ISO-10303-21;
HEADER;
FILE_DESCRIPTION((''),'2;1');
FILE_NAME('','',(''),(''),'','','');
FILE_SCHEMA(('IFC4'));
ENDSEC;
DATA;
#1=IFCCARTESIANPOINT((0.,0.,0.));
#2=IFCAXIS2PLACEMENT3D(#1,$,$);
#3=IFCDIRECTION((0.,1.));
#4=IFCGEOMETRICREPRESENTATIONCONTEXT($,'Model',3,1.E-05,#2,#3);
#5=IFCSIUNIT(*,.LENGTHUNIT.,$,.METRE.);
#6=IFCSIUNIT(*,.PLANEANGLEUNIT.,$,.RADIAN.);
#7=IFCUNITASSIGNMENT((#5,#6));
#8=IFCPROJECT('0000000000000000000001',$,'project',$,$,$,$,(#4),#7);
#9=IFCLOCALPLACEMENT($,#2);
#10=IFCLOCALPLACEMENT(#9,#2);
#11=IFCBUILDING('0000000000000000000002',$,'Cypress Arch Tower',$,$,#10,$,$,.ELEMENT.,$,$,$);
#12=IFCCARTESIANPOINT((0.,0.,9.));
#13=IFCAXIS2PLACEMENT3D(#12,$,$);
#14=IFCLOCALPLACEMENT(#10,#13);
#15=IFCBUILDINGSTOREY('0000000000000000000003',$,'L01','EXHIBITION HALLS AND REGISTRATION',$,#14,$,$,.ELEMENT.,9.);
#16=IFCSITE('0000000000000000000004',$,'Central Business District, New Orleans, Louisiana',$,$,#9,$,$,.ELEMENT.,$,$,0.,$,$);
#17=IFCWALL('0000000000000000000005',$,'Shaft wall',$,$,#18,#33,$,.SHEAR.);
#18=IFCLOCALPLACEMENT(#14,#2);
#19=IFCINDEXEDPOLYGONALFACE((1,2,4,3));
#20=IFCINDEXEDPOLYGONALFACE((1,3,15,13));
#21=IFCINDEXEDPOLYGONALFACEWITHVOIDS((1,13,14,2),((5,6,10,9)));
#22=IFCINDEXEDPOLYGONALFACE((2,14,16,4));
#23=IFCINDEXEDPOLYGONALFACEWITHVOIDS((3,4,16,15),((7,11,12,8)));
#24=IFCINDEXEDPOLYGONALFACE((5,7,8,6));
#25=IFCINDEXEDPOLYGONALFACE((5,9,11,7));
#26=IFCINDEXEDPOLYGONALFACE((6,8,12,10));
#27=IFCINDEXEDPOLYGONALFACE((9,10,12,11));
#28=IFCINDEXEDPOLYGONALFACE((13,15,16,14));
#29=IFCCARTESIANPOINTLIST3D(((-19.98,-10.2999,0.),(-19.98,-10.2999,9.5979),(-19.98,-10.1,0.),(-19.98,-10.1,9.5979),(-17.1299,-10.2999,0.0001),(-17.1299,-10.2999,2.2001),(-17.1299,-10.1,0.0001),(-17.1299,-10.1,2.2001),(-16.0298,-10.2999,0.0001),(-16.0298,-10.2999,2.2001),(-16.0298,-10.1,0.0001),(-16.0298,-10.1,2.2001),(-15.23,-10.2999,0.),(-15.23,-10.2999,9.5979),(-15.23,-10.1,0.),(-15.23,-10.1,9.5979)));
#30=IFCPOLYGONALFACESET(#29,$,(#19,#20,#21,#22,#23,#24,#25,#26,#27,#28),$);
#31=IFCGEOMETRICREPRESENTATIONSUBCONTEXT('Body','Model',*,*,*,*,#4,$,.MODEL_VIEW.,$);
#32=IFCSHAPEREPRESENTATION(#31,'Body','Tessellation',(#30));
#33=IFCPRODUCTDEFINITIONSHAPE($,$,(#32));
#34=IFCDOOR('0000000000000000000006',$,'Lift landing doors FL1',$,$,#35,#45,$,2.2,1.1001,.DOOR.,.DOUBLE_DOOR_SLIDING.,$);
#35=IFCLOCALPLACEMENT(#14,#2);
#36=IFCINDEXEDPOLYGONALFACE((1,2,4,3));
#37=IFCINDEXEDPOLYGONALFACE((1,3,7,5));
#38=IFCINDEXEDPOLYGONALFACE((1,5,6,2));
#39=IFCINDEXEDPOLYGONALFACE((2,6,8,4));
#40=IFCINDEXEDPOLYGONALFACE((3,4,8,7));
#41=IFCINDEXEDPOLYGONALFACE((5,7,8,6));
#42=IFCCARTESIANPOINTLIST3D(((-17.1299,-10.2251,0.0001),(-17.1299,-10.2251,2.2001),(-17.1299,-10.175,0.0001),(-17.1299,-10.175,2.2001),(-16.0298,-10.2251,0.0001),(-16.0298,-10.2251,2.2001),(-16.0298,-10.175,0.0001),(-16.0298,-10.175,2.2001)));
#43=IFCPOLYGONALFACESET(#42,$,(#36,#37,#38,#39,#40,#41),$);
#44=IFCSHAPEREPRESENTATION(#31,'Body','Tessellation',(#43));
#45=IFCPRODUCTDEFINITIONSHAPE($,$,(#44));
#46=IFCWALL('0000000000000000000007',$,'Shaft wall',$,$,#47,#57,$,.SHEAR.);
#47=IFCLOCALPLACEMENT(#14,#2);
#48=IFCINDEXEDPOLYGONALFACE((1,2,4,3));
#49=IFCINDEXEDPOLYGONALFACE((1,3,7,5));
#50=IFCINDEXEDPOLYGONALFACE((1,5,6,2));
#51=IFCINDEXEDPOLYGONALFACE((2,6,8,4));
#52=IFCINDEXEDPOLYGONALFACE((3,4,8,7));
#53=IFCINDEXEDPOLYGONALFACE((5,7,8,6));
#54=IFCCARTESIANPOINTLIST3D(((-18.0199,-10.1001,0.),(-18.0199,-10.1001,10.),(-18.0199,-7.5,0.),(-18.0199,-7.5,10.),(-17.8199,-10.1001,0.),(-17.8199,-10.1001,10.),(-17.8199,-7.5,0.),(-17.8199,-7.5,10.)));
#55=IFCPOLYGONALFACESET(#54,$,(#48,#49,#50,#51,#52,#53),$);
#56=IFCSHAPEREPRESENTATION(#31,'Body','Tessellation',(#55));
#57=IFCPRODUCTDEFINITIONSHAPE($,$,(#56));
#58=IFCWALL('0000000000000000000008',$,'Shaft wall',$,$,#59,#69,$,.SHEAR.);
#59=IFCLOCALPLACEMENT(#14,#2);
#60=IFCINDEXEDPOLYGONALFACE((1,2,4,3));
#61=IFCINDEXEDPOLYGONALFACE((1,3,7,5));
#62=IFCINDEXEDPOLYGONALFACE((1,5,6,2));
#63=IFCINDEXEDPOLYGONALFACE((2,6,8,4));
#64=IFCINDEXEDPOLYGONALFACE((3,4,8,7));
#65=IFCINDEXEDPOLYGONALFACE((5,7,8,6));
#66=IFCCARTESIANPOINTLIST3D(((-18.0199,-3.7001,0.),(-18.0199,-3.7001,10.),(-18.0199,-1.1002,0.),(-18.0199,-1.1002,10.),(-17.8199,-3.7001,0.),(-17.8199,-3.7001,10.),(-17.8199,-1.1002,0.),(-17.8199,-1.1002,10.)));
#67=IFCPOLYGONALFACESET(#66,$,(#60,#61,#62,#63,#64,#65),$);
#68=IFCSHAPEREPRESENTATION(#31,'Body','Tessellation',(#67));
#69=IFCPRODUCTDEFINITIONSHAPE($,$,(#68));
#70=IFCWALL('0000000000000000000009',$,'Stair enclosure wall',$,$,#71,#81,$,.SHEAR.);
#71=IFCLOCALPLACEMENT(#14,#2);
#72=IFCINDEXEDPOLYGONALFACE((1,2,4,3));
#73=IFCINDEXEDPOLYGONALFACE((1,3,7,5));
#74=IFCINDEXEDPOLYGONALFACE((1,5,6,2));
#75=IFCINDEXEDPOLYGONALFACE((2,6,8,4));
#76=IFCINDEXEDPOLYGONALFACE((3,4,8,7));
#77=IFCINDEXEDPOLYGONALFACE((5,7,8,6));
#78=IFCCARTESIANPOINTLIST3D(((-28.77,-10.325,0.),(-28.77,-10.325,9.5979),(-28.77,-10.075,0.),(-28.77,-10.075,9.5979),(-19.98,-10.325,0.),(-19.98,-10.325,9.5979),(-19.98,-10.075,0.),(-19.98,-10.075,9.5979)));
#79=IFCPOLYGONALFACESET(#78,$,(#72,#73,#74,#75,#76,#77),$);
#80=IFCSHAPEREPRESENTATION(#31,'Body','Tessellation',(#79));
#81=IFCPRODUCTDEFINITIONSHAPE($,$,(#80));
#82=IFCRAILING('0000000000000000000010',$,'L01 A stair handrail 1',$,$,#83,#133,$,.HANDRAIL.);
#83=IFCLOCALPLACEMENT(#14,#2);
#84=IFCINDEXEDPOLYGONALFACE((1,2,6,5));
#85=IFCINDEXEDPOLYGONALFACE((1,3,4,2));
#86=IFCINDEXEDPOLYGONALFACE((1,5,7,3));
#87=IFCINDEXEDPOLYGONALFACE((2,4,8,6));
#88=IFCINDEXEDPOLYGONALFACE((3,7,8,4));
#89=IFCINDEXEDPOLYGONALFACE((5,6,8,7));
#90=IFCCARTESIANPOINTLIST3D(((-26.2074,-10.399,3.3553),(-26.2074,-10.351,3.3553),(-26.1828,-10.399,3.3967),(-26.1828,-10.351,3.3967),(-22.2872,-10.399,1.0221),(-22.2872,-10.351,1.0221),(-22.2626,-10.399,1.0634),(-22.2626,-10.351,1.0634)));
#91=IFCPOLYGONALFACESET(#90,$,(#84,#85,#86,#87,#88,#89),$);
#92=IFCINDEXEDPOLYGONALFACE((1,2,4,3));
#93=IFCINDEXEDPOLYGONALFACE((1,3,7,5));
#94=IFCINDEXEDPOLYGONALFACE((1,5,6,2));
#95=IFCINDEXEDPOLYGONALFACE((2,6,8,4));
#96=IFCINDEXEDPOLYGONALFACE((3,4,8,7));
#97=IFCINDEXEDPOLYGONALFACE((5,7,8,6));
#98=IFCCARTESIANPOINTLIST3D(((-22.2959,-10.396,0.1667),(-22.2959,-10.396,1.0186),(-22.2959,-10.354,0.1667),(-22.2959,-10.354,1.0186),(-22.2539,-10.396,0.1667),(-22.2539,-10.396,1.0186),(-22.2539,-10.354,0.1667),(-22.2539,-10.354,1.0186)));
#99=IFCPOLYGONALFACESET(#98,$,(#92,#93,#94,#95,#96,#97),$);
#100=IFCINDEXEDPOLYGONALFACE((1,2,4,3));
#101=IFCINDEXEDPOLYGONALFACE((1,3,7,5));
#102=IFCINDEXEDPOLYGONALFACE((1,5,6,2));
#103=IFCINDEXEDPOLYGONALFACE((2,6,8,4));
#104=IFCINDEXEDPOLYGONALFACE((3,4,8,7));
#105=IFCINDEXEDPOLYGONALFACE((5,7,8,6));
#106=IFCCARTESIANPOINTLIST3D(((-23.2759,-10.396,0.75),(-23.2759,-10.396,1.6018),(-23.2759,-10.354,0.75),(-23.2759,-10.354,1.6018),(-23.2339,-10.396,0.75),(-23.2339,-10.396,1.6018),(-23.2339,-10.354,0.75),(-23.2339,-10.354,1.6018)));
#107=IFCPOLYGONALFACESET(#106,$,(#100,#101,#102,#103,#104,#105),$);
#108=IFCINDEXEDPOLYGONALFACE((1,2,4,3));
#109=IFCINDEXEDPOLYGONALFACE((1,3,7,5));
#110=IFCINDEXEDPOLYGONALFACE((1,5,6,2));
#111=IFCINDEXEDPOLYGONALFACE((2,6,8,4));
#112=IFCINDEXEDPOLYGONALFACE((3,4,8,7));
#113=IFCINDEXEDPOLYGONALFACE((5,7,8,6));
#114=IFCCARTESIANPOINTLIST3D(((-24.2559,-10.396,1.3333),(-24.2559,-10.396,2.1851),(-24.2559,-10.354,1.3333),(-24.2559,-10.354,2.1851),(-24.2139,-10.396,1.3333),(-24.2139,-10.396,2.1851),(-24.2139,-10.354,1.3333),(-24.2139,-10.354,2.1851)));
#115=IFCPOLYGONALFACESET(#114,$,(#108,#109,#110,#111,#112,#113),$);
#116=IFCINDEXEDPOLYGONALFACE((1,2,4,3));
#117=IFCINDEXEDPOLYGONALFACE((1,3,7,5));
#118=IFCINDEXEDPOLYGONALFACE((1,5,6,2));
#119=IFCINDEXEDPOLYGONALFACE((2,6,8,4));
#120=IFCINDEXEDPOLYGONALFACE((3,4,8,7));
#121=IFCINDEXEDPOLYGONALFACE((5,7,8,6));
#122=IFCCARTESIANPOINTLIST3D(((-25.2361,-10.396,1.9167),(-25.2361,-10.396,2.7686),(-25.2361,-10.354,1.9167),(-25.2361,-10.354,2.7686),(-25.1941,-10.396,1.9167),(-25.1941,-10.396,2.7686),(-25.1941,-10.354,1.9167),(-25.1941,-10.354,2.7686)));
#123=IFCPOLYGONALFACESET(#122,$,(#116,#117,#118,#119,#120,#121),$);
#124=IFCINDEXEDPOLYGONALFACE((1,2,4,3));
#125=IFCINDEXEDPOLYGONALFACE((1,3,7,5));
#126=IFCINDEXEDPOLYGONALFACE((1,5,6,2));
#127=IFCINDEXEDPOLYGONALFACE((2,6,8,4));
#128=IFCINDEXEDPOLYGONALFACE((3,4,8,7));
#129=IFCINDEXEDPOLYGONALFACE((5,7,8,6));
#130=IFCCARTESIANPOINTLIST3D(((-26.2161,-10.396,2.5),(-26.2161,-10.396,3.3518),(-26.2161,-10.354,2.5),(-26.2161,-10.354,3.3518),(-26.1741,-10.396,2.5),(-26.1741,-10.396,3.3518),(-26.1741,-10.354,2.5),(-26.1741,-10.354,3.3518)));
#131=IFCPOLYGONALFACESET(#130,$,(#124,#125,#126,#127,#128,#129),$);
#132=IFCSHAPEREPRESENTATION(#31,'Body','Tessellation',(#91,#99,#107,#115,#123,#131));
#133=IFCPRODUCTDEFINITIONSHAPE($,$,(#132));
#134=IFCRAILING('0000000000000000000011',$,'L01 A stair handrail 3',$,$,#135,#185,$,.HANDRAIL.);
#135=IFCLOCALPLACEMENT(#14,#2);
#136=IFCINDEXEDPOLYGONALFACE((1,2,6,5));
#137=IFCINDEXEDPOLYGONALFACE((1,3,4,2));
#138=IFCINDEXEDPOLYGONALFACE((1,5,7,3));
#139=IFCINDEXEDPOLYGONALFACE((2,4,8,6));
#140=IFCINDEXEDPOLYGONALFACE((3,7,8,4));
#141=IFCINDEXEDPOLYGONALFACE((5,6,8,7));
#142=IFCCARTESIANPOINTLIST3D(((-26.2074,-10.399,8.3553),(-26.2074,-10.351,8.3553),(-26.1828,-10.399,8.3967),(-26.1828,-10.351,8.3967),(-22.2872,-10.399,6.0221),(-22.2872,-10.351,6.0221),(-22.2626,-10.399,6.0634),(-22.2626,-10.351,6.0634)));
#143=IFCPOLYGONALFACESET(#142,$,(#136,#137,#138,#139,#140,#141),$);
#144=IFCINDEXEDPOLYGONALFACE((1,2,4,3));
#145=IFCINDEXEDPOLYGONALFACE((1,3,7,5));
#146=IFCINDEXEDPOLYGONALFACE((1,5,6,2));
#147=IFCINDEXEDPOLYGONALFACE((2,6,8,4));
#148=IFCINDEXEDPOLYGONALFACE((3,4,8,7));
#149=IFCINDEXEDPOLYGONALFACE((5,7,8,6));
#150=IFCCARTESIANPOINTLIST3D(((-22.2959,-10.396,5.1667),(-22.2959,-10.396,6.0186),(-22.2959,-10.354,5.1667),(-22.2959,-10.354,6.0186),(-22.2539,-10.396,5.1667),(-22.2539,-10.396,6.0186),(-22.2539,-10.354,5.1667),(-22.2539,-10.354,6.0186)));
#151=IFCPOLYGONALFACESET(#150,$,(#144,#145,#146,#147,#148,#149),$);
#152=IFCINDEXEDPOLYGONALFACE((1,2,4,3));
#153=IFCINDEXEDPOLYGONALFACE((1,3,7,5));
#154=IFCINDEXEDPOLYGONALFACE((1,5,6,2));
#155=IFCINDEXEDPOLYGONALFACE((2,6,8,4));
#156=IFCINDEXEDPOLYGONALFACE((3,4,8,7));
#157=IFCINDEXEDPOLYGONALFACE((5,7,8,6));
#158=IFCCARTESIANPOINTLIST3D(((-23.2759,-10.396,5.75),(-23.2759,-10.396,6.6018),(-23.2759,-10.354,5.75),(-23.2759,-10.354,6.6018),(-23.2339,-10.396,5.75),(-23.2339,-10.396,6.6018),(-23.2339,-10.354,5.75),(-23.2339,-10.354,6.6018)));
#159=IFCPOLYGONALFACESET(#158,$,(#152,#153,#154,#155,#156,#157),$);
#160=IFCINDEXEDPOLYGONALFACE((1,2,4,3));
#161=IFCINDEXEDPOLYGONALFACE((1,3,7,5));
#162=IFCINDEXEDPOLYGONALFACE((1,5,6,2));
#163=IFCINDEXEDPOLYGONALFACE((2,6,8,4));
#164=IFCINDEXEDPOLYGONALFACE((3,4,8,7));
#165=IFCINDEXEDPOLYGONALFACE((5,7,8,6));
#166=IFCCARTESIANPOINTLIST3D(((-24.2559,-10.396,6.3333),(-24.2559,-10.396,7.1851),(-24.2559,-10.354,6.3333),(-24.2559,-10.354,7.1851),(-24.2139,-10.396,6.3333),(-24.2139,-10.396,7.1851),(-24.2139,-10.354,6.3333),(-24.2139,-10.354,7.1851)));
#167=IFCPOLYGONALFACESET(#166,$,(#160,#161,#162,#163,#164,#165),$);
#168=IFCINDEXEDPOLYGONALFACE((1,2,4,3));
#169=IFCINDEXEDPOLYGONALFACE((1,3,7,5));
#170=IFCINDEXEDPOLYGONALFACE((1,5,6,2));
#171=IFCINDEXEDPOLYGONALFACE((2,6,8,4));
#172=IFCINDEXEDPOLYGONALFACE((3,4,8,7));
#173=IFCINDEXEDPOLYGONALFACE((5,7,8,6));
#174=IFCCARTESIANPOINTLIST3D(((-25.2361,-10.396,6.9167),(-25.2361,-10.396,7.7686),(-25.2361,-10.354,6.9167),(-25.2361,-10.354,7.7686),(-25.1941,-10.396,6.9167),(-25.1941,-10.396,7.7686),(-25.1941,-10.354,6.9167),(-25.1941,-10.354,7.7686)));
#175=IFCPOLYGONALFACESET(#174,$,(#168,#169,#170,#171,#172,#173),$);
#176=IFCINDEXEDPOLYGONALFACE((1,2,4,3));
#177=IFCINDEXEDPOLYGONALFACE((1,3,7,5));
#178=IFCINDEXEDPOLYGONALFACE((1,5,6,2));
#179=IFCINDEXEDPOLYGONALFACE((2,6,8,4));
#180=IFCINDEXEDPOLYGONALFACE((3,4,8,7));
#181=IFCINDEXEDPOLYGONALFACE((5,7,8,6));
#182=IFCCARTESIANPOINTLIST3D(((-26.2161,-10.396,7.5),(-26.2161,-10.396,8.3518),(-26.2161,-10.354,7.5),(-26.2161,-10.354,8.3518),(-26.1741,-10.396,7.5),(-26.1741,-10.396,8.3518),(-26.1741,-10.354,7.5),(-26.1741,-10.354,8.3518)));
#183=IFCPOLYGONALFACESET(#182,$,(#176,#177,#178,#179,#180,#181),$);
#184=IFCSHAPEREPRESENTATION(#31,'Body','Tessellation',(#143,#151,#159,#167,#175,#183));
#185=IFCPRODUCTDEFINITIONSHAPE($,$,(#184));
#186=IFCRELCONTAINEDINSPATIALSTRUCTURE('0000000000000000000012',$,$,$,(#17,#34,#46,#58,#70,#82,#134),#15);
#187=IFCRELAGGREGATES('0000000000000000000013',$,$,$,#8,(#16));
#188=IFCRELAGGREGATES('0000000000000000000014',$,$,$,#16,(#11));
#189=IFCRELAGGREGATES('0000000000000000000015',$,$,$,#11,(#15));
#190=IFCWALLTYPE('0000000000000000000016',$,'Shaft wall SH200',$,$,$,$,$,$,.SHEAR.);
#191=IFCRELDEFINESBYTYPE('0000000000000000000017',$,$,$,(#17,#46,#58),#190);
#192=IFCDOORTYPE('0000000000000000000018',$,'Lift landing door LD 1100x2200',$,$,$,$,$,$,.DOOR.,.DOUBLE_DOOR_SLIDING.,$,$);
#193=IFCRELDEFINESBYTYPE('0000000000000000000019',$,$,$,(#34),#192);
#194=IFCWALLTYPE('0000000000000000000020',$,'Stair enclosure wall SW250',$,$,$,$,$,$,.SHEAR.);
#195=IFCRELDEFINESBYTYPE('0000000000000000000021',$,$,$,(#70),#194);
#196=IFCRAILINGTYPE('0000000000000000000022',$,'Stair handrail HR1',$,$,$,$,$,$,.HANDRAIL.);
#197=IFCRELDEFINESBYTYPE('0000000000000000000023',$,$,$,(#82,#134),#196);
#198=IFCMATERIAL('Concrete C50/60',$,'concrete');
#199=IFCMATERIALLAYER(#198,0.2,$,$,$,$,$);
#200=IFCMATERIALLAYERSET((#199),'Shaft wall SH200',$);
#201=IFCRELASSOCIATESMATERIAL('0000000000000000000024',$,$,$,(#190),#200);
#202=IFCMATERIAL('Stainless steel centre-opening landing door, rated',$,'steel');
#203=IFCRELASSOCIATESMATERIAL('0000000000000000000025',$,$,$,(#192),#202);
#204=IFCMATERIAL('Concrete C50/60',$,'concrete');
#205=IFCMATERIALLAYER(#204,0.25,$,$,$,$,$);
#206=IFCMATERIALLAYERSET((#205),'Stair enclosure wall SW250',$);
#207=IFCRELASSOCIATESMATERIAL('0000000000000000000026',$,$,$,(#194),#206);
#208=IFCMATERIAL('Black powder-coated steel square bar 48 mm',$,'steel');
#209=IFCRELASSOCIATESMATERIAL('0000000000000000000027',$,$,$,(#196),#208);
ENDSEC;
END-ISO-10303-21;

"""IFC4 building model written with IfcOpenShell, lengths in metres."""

from ifc_helpers import new_model, si_unit, direction, frame, frame_2d, origin, origin_2d, place, context, subcontext, project, spatial, rectangle, extrude, material, layer, layer_set, type_object, element, fill, save


model = new_model("IFC4")

# Units and contexts
model_context = context("Model", 3, precision=1e-05, world=origin(), true_north=direction((0.0, 1.0)))
body_context = subcontext(model_context, "Body", "Model", "MODEL_VIEW")
ifc_project = project(units=[si_unit("LENGTHUNIT", "METRE"), si_unit("PLANEANGLEUNIT", "RADIAN")], contexts=[model_context])

# Site, building, storey
site_placement = place(None, origin())
site = spatial("IfcSite", under=ifc_project, at=site_placement, Name="Central Business District, New Orleans, Louisiana", CompositionType="ELEMENT", RefElevation=0.0)
building_placement = place(site_placement, origin())
building = spatial("IfcBuilding", under=site, at=building_placement, Name="Cypress Arch Tower", CompositionType="ELEMENT")
storey_placement = place(building_placement, frame((0.0, 0.0, 9.0)))
storey = spatial("IfcBuildingStorey", under=building, at=storey_placement, Name="L01", Description="EXHIBITION HALLS AND REGISTRATION", CompositionType="ELEMENT", Elevation=9.0)

# Shared definitions
ifc_material_1 = material(Name="Concrete C50/60", Category="concrete")
ifc_layer_1 = layer(ifc_material_1, 0.2)
ifc_layer_set_1 = layer_set([ifc_layer_1], Name="Shaft wall SH200")
wall_type_1 = type_object("IfcWallType", Name="Shaft wall SH200", PredefinedType="SHEAR", material=ifc_layer_set_1)
ifc_material_2 = material(Name="Stainless steel centre-opening landing door, rated", Category="steel")
door_type = type_object("IfcDoorType", Name="Lift landing door LD 1100x2200", OperationType="DOUBLE_DOOR_SLIDING", PredefinedType="DOOR", material=ifc_material_2)

# Wall, opening, door
wall_1_placement = place(storey_placement, frame((-19.98, -10.2, 0.0), z_axis=(0.0, 0.0, 1.0), x_axis=(1.0, 0.0, 0.0)))
wall_1 = element("IfcWall", 1, at=wall_1_placement, inside=storey, type_object=wall_type_1, Name="Shaft wall", PredefinedType="SHEAR", context=body_context, shape_type="SweptSolid", body=[
    extrude(rectangle(XDim=4.75, YDim=0.2, at=frame_2d((2.375, 0.0))), origin(), (0.0, 0.0, 1.0), 9.5979),
])
opening_1_placement = place(wall_1_placement, frame((2.8501, 0.0, 0.0)))
opening_1 = element("IfcOpeningElement", 2, at=opening_1_placement, cuts=wall_1, PredefinedType="OPENING", context=body_context, shape_type="SweptSolid", body=[
    extrude(rectangle(XDim=1.1001, YDim=2.2, at=frame_2d((0.55, 1.1001))), frame((0.0, 0.1099, 0.0), z_axis=(0.0, -1.0, 0.0), x_axis=(1.0, 0.0, 0.0)), (0.0, 0.0, 1.0), 0.22),
])
door_1_placement = place(opening_1_placement, origin())
door_1 = element("IfcDoor", 3, at=door_1_placement, inside=storey, type_object=door_type, Name="Lift landing doors FL1", OperationType="DOUBLE_DOOR_SLIDING", OverallHeight=2.2, OverallWidth=1.1001, PredefinedType="DOOR", context=body_context, shape_type="SweptSolid", body=[
    extrude(rectangle(XDim=1.1001, YDim=2.2, at=frame_2d((0.55, 1.1001))), frame((0.0, 0.0249, 0.0), z_axis=(0.0, -1.0, 0.0), x_axis=(1.0, 0.0, 0.0)), (0.0, 0.0, 1.0), 0.05),
])
fill(opening_1, door_1)

# Walls
wall_2_placement = place(storey_placement, frame((-17.9199, -10.1001, 0.0), z_axis=(0.0, 0.0, 1.0), x_axis=(0.0, 1.0, 0.0)))
element("IfcWall", 4, at=wall_2_placement, inside=storey, type_object=wall_type_1, Name="Shaft wall", PredefinedType="SHEAR", context=body_context, shape_type="SweptSolid", body=[
    extrude(rectangle(XDim=2.6001, YDim=0.2, at=frame_2d((1.3, 0.0))), origin(), (0.0, 0.0, 1.0), 10.0),
])
wall_3_placement = place(storey_placement, frame((-17.9199, -3.7, 0.0), z_axis=(0.0, 0.0, 1.0), x_axis=(0.0, 1.0, 0.0)))
element("IfcWall", 5, at=wall_3_placement, inside=storey, type_object=wall_type_1, Name="Shaft wall", PredefinedType="SHEAR", context=body_context, shape_type="SweptSolid", body=[
    extrude(rectangle(XDim=2.5999, YDim=0.2, at=frame_2d((1.2998, 0.0))), origin(), (0.0, 0.0, 1.0), 10.0),
])
ifc_material_3 = material(Name="Concrete C50/60", Category="concrete")
ifc_layer_2 = layer(ifc_material_3, 0.25)
ifc_layer_set_2 = layer_set([ifc_layer_2], Name="Stair enclosure wall SW250")
wall_type_2 = type_object("IfcWallType", Name="Stair enclosure wall SW250", PredefinedType="SHEAR", material=ifc_layer_set_2)
wall_4_placement = place(storey_placement, frame((-28.77, -10.2, 0.0), z_axis=(0.0, 0.0, 1.0), x_axis=(1.0, 0.0, 0.0)))
element("IfcWall", 6, at=wall_4_placement, inside=storey, type_object=wall_type_2, Name="Stair enclosure wall", PredefinedType="SHEAR", context=body_context, shape_type="SweptSolid", body=[
    extrude(rectangle(XDim=8.79, YDim=0.25, at=frame_2d((4.395, 0.0))), origin(), (0.0, 0.0, 1.0), 9.5979),
])

# Railings
ifc_material_4 = material(Name="Black powder-coated steel square bar 48 mm", Category="steel")
railing_type_1 = type_object("IfcRailingType", Name="Stair handrail HR1", PredefinedType="HANDRAIL", material=ifc_material_4)
for number, where, name in (
    (7, (-22.2749, -10.375, 0.1667), "L01 A stair handrail 1"),
    (8, (-22.2749, -10.375, 5.1667), "L01 A stair handrail 3"),
):
    element("IfcRailing", number, at=place(storey_placement, frame(where)), inside=storey, type_object=railing_type_1, Name=name, PredefinedType="HANDRAIL", context=body_context, shape_type="SweptSolid", body=[
        extrude(rectangle(XDim=0.0481, YDim=0.0481, at=origin_2d()), frame((0.0, 0.0, 0.876), z_axis=(-0.85931, 0.0, 0.511455), x_axis=(0.0, -1.0, 0.0)), (0.0, 0.0, 1.0), 4.562),
        extrude(rectangle(XDim=0.042, YDim=0.042, at=origin_2d()), origin(), (0.0, 0.0, 1.0), 0.8518),
        extrude(rectangle(XDim=0.042, YDim=0.042, at=origin_2d()), frame((-0.98, 0.0, 0.5833)), (0.0, 0.0, 1.0), 0.8518),
        extrude(rectangle(XDim=0.042, YDim=0.042, at=origin_2d()), frame((-1.96, 0.0, 1.1665)), (0.0, 0.0, 1.0), 0.8518),
        extrude(rectangle(XDim=0.042, YDim=0.042, at=origin_2d()), frame((-2.9402, 0.0, 1.75)), (0.0, 0.0, 1.0), 0.8518),
        extrude(rectangle(XDim=0.042, YDim=0.042, at=origin_2d()), frame((-3.9202, 0.0, 2.3333)), (0.0, 0.0, 1.0), 0.8518),
    ])

save(model, "model.ifc")
